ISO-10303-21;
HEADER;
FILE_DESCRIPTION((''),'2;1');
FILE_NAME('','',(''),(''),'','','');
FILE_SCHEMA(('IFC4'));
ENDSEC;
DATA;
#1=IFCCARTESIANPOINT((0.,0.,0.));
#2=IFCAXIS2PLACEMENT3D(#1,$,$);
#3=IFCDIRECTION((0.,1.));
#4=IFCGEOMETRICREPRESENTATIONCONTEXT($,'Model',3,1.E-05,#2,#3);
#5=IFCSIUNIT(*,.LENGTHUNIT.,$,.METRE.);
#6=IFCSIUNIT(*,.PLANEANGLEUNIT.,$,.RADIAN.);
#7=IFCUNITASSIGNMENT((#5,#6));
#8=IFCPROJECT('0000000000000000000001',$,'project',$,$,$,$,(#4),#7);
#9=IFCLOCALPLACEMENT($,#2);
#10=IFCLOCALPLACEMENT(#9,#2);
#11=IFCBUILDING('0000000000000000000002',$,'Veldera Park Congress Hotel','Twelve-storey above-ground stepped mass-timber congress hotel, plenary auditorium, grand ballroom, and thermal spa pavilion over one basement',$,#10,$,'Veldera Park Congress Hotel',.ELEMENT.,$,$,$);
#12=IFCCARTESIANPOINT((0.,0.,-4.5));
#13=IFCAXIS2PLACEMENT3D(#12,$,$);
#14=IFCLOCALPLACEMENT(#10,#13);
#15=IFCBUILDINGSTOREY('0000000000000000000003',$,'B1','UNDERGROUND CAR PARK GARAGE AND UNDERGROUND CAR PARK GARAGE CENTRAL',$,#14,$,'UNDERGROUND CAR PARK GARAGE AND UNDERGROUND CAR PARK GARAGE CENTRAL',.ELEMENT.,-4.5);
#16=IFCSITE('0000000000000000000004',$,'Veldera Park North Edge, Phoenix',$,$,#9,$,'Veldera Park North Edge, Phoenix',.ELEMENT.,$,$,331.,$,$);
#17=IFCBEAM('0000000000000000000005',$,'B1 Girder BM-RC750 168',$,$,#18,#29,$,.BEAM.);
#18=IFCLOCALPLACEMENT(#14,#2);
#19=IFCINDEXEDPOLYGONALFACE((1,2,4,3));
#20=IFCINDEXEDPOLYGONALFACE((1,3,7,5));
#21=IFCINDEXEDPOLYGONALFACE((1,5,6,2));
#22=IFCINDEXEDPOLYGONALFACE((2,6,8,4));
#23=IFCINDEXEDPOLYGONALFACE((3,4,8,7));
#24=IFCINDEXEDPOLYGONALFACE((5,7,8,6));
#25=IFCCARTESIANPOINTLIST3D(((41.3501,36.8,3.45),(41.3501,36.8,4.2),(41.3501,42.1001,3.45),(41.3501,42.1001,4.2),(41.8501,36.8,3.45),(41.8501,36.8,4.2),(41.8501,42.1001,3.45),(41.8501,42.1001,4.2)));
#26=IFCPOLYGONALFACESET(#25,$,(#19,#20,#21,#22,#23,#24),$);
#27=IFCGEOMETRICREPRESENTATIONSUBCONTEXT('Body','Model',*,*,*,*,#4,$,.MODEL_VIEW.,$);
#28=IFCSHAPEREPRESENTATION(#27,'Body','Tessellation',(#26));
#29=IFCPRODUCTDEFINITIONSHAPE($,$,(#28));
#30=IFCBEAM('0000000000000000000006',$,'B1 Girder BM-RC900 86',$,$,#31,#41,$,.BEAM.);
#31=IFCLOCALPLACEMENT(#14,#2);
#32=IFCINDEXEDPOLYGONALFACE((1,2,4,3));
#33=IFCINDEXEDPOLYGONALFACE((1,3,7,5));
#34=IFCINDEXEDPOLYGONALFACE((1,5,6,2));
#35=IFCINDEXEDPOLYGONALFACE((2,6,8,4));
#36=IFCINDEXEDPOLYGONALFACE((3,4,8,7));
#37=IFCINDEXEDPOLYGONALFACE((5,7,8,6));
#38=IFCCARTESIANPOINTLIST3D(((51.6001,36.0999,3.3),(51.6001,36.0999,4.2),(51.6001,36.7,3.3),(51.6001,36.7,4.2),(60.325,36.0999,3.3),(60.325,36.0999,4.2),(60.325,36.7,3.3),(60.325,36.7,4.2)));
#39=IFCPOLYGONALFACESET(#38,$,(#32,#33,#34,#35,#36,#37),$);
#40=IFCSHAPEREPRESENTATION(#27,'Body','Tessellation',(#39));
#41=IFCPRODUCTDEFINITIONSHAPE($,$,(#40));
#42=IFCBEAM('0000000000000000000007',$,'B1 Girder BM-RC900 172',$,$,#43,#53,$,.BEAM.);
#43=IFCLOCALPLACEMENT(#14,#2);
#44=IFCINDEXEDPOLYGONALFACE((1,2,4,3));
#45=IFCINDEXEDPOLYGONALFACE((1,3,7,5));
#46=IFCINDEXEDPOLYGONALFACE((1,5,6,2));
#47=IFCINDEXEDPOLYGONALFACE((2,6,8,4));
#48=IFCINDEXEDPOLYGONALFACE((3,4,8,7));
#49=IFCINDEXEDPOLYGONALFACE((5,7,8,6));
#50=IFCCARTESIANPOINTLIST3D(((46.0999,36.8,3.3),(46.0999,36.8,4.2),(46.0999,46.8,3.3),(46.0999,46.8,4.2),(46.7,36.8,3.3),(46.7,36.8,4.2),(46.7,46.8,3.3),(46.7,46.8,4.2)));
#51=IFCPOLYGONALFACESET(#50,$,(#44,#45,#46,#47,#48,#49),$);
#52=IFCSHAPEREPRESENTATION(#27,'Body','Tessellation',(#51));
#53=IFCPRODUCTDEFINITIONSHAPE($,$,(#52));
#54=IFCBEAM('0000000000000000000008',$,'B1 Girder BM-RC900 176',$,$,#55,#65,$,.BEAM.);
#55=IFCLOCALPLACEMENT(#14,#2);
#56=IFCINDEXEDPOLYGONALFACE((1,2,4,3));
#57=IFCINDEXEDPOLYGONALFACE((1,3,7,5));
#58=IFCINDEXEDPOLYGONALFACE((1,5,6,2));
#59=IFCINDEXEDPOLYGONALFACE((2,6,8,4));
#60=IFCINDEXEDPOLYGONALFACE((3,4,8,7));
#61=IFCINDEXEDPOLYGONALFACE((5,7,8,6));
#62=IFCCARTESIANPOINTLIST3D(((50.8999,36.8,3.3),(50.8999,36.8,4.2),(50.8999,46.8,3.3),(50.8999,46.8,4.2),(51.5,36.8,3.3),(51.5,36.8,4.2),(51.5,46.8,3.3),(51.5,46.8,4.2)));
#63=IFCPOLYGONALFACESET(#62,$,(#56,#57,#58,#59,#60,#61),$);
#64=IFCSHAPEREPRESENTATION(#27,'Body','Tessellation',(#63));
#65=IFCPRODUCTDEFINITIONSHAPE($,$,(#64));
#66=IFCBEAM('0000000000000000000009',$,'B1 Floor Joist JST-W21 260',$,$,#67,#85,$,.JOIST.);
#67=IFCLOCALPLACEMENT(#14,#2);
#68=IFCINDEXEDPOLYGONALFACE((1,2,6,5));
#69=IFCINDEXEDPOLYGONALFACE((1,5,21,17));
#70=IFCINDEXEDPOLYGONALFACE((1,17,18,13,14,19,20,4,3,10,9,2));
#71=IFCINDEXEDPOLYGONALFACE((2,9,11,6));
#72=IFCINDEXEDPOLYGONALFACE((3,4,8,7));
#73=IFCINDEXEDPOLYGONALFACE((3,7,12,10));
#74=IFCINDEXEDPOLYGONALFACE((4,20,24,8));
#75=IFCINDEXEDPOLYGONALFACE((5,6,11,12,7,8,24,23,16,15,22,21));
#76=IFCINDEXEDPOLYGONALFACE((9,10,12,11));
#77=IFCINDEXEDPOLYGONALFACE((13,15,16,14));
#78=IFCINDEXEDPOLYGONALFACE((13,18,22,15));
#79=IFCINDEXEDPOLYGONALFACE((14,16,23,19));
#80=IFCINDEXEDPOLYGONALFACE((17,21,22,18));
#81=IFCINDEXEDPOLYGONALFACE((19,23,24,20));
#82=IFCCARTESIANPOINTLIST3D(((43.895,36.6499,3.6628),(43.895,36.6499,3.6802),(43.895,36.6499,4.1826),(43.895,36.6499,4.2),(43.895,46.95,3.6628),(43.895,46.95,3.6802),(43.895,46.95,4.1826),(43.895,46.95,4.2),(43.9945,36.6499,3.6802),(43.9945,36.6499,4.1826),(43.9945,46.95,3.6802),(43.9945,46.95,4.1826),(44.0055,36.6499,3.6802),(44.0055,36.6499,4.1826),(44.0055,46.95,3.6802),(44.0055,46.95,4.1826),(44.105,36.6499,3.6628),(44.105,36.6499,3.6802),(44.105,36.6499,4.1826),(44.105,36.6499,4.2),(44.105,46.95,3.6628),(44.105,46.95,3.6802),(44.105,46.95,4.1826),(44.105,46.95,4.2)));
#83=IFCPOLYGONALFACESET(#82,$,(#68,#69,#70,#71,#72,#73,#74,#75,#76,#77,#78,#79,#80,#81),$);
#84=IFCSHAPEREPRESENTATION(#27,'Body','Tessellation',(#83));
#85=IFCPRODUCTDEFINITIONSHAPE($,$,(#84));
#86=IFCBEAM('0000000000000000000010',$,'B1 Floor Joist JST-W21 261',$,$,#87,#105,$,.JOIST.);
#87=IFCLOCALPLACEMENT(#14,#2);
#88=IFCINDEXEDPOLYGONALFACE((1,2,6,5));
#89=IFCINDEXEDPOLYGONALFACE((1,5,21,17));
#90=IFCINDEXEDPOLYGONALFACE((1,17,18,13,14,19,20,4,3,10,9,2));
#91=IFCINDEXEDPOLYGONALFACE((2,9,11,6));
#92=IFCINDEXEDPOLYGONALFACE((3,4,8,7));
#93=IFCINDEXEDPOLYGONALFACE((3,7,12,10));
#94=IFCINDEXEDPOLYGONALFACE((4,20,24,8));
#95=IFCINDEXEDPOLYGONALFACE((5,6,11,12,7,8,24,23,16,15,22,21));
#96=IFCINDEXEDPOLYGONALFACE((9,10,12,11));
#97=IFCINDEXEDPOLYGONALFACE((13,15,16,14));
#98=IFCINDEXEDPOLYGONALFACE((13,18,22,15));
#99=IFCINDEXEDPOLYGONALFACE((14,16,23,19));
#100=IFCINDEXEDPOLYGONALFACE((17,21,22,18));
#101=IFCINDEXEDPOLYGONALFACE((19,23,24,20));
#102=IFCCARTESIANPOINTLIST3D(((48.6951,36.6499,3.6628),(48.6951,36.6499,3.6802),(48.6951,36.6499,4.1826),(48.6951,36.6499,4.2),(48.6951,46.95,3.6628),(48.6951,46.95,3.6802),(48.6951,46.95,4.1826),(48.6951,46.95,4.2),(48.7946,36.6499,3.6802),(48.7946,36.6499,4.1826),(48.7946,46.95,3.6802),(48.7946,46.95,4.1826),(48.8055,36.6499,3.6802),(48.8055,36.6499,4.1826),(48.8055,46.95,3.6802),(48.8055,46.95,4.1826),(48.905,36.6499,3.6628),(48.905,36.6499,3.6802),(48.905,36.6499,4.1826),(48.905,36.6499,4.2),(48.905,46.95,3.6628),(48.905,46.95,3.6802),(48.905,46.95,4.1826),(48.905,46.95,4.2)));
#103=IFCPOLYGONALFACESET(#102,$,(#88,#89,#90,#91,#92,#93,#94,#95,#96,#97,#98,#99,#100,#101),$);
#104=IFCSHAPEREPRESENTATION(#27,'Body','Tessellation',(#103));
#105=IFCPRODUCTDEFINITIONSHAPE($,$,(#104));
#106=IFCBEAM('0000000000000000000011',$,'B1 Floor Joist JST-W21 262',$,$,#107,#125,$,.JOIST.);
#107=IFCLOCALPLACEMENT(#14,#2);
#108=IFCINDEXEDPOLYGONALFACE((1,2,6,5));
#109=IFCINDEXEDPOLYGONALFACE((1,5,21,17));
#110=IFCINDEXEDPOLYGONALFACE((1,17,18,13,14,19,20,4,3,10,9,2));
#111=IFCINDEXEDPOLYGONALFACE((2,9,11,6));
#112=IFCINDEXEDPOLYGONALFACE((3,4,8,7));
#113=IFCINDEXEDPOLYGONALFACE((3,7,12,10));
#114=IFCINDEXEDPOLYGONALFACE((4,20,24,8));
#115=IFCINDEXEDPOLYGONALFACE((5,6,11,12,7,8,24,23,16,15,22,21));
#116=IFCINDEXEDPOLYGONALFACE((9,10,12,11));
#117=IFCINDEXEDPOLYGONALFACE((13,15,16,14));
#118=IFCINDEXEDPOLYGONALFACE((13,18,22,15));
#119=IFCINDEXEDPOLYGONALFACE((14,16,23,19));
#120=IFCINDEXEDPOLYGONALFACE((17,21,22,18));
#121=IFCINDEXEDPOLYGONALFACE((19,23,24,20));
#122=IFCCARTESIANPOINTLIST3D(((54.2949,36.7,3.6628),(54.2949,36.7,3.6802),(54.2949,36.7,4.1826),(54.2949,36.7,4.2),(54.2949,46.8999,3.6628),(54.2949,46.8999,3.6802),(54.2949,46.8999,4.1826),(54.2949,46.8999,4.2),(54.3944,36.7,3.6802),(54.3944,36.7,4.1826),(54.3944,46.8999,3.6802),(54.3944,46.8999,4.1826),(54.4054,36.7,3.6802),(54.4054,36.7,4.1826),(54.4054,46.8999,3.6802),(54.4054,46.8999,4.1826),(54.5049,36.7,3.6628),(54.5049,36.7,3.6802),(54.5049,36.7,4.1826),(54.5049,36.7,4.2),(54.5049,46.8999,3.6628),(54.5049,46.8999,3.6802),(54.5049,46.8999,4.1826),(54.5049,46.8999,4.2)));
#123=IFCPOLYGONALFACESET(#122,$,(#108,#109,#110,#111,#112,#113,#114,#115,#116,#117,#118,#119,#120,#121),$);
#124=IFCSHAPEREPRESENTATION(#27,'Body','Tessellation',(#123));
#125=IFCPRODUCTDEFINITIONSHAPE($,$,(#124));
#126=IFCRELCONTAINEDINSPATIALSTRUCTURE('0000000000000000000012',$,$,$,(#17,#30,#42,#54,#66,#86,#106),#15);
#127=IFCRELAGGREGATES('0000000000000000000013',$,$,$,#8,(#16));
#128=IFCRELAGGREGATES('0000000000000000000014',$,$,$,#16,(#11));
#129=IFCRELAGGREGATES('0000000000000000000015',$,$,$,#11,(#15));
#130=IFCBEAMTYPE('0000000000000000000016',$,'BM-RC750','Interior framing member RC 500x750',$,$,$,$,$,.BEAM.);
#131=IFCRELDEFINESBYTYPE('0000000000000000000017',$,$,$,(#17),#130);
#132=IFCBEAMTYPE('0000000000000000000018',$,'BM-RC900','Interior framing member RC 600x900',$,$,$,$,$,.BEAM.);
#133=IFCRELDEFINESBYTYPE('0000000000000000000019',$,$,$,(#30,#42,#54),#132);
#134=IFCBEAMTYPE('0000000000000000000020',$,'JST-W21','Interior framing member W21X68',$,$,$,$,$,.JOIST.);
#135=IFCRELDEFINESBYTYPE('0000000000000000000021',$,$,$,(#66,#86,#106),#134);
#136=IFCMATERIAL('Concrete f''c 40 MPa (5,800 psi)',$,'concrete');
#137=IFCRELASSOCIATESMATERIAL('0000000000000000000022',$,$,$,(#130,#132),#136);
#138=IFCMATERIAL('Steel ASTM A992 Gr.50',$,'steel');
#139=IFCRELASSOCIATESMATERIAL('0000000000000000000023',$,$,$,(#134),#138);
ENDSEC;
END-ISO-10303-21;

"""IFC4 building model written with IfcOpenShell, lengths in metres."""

from ifc_helpers import new_model, si_unit, direction, frame, origin, origin_2d, place, context, subcontext, project, spatial, rectangle, i_section, extrude, material, material_profile, profile_set, type_object, element, save


model = new_model("IFC4")

# Units and contexts
model_context = context("Model", 3, precision=1e-05, world=origin(), true_north=direction((0.0, 1.0)))
body_context = subcontext(model_context, "Body", "Model", "MODEL_VIEW")
ifc_project = project(units=[si_unit("LENGTHUNIT", "METRE"), si_unit("PLANEANGLEUNIT", "RADIAN")], contexts=[model_context])

# Site, building, storey
site_placement = place(None, origin())
site = spatial("IfcSite", under=ifc_project, at=site_placement, Name="Veldera Park North Edge, Phoenix", LongName="Veldera Park North Edge, Phoenix", CompositionType="ELEMENT", RefElevation=331.0)
building_placement = place(site_placement, origin())
building = spatial("IfcBuilding", under=site, at=building_placement, Name="Veldera Park Congress Hotel", Description="Twelve-storey above-ground stepped mass-timber congress hotel, plenary auditorium, grand ballroom, and thermal spa pavilion over one basement", LongName="Veldera Park Congress Hotel", CompositionType="ELEMENT")
storey_placement = place(building_placement, frame((0.0, 0.0, -4.5)))
storey = spatial("IfcBuildingStorey", under=building, at=storey_placement, Name="B1", Description="UNDERGROUND CAR PARK GARAGE AND UNDERGROUND CAR PARK GARAGE CENTRAL", LongName="UNDERGROUND CAR PARK GARAGE AND UNDERGROUND CAR PARK GARAGE CENTRAL", CompositionType="ELEMENT", Elevation=-4.5)

# Shared definitions
ifc_material_1 = material(Name="Concrete f'c 40 MPa (5,800 psi)", Category="concrete")

# Beams
ifc_material_profile_1 = material_profile(ifc_material_1, rectangle(XDim=0.5, YDim=0.75, at=origin_2d()), Name="RC 500x750")
ifc_profile_set_1 = profile_set([ifc_material_profile_1], Name="Concrete f'c 40 MPa (5,800 psi)")
beam_type_1 = type_object("IfcBeamType", Name="BM-RC750", Description="Interior framing member RC 500x750", PredefinedType="BEAM", material=ifc_profile_set_1)
beam_1_placement = place(storey_placement, frame((41.6001, 36.8, 3.825), z_axis=(0.0, 1.0, 0.0), x_axis=(-1.0, 0.0, 0.0)))
element("IfcBeam", 1, at=beam_1_placement, inside=storey, type_object=beam_type_1, Name="B1 Girder BM-RC750 168", PredefinedType="BEAM", context=body_context, shape_type="SweptSolid", body=[
    extrude(rectangle(XDim=0.5, YDim=0.75, at=origin_2d()), origin(), (0.0, 0.0, 1.0), 5.3),
])
ifc_material_profile_2 = material_profile(ifc_material_1, rectangle(XDim=0.6001, YDim=0.8999, at=origin_2d()), Name="RC 600x900")
ifc_profile_set_2 = profile_set([ifc_material_profile_2], Name="Concrete f'c 40 MPa (5,800 psi)")
beam_type_2 = type_object("IfcBeamType", Name="BM-RC900", Description="Interior framing member RC 600x900", PredefinedType="BEAM", material=ifc_profile_set_2)
beam_2_placement = place(storey_placement, frame((51.6001, 36.3999, 3.75), z_axis=(1.0, 0.0, 0.0), x_axis=(0.0, 1.0, 0.0)))
element("IfcBeam", 2, at=beam_2_placement, inside=storey, type_object=beam_type_2, Name="B1 Girder BM-RC900 86", PredefinedType="BEAM", context=body_context, shape_type="SweptSolid", body=[
    extrude(rectangle(XDim=0.6001, YDim=0.8999, at=origin_2d()), origin(), (0.0, 0.0, 1.0), 8.7249),
])
for number, where, z_axis, x_axis, name in (
    (3, (46.3999, 36.8, 3.75), (0.0, 1.0, 0.0), (-1.0, 0.0, 0.0), "B1 Girder BM-RC900 172"),
    (4, (51.2, 36.8, 3.75), (0.0, 1.0, 0.0), (-1.0, 0.0, 0.0), "B1 Girder BM-RC900 176"),
):
    element("IfcBeam", number, at=place(storey_placement, frame(where, z_axis=z_axis, x_axis=x_axis)), inside=storey, type_object=beam_type_2, Name=name, PredefinedType="BEAM", context=body_context, shape_type="SweptSolid", body=[
        extrude(rectangle(XDim=0.6001, YDim=0.8999, at=origin_2d()), origin(), (0.0, 0.0, 1.0), 10.0),
    ])
ifc_material_2 = material(Name="Steel ASTM A992 Gr.50", Category="steel")
ifc_material_profile_3 = material_profile(ifc_material_2, i_section(OverallWidth=0.21, OverallDepth=0.5371, WebThickness=0.011, FlangeThickness=0.0173, at=origin_2d()), Name="W21X68")
ifc_profile_set_3 = profile_set([ifc_material_profile_3], Name="Steel ASTM A992 Gr.50")
beam_type_3 = type_object("IfcBeamType", Name="JST-W21", Description="Interior framing member W21X68", PredefinedType="JOIST", material=ifc_profile_set_3)
for number, where, z_axis, x_axis, name in (
    (5, (44.0, 36.6499, 3.9314), (0.0, 1.0, 0.0), (-1.0, 0.0, 0.0), "B1 Floor Joist JST-W21 260"),
    (6, (48.8, 36.6499, 3.9314), (0.0, 1.0, 0.0), (-1.0, 0.0, 0.0), "B1 Floor Joist JST-W21 261"),
):
    element("IfcBeam", number, at=place(storey_placement, frame(where, z_axis=z_axis, x_axis=x_axis)), inside=storey, type_object=beam_type_3, Name=name, PredefinedType="JOIST", context=body_context, shape_type="SweptSolid", body=[
        extrude(i_section(OverallWidth=0.21, OverallDepth=0.5371, WebThickness=0.011, FlangeThickness=0.0173, at=origin_2d()), origin(), (0.0, 0.0, 1.0), 10.3),
    ])
beam_3_placement = place(storey_placement, frame((54.3999, 36.7, 3.9314), z_axis=(0.0, 1.0, 0.0), x_axis=(-1.0, 0.0, 0.0)))
element("IfcBeam", 7, at=beam_3_placement, inside=storey, type_object=beam_type_3, Name="B1 Floor Joist JST-W21 262", PredefinedType="JOIST", context=body_context, shape_type="SweptSolid", body=[
    extrude(i_section(OverallWidth=0.21, OverallDepth=0.5371, WebThickness=0.011, FlangeThickness=0.0173, at=origin_2d()), origin(), (0.0, 0.0, 1.0), 10.2),
])

save(model, "model.ifc")
